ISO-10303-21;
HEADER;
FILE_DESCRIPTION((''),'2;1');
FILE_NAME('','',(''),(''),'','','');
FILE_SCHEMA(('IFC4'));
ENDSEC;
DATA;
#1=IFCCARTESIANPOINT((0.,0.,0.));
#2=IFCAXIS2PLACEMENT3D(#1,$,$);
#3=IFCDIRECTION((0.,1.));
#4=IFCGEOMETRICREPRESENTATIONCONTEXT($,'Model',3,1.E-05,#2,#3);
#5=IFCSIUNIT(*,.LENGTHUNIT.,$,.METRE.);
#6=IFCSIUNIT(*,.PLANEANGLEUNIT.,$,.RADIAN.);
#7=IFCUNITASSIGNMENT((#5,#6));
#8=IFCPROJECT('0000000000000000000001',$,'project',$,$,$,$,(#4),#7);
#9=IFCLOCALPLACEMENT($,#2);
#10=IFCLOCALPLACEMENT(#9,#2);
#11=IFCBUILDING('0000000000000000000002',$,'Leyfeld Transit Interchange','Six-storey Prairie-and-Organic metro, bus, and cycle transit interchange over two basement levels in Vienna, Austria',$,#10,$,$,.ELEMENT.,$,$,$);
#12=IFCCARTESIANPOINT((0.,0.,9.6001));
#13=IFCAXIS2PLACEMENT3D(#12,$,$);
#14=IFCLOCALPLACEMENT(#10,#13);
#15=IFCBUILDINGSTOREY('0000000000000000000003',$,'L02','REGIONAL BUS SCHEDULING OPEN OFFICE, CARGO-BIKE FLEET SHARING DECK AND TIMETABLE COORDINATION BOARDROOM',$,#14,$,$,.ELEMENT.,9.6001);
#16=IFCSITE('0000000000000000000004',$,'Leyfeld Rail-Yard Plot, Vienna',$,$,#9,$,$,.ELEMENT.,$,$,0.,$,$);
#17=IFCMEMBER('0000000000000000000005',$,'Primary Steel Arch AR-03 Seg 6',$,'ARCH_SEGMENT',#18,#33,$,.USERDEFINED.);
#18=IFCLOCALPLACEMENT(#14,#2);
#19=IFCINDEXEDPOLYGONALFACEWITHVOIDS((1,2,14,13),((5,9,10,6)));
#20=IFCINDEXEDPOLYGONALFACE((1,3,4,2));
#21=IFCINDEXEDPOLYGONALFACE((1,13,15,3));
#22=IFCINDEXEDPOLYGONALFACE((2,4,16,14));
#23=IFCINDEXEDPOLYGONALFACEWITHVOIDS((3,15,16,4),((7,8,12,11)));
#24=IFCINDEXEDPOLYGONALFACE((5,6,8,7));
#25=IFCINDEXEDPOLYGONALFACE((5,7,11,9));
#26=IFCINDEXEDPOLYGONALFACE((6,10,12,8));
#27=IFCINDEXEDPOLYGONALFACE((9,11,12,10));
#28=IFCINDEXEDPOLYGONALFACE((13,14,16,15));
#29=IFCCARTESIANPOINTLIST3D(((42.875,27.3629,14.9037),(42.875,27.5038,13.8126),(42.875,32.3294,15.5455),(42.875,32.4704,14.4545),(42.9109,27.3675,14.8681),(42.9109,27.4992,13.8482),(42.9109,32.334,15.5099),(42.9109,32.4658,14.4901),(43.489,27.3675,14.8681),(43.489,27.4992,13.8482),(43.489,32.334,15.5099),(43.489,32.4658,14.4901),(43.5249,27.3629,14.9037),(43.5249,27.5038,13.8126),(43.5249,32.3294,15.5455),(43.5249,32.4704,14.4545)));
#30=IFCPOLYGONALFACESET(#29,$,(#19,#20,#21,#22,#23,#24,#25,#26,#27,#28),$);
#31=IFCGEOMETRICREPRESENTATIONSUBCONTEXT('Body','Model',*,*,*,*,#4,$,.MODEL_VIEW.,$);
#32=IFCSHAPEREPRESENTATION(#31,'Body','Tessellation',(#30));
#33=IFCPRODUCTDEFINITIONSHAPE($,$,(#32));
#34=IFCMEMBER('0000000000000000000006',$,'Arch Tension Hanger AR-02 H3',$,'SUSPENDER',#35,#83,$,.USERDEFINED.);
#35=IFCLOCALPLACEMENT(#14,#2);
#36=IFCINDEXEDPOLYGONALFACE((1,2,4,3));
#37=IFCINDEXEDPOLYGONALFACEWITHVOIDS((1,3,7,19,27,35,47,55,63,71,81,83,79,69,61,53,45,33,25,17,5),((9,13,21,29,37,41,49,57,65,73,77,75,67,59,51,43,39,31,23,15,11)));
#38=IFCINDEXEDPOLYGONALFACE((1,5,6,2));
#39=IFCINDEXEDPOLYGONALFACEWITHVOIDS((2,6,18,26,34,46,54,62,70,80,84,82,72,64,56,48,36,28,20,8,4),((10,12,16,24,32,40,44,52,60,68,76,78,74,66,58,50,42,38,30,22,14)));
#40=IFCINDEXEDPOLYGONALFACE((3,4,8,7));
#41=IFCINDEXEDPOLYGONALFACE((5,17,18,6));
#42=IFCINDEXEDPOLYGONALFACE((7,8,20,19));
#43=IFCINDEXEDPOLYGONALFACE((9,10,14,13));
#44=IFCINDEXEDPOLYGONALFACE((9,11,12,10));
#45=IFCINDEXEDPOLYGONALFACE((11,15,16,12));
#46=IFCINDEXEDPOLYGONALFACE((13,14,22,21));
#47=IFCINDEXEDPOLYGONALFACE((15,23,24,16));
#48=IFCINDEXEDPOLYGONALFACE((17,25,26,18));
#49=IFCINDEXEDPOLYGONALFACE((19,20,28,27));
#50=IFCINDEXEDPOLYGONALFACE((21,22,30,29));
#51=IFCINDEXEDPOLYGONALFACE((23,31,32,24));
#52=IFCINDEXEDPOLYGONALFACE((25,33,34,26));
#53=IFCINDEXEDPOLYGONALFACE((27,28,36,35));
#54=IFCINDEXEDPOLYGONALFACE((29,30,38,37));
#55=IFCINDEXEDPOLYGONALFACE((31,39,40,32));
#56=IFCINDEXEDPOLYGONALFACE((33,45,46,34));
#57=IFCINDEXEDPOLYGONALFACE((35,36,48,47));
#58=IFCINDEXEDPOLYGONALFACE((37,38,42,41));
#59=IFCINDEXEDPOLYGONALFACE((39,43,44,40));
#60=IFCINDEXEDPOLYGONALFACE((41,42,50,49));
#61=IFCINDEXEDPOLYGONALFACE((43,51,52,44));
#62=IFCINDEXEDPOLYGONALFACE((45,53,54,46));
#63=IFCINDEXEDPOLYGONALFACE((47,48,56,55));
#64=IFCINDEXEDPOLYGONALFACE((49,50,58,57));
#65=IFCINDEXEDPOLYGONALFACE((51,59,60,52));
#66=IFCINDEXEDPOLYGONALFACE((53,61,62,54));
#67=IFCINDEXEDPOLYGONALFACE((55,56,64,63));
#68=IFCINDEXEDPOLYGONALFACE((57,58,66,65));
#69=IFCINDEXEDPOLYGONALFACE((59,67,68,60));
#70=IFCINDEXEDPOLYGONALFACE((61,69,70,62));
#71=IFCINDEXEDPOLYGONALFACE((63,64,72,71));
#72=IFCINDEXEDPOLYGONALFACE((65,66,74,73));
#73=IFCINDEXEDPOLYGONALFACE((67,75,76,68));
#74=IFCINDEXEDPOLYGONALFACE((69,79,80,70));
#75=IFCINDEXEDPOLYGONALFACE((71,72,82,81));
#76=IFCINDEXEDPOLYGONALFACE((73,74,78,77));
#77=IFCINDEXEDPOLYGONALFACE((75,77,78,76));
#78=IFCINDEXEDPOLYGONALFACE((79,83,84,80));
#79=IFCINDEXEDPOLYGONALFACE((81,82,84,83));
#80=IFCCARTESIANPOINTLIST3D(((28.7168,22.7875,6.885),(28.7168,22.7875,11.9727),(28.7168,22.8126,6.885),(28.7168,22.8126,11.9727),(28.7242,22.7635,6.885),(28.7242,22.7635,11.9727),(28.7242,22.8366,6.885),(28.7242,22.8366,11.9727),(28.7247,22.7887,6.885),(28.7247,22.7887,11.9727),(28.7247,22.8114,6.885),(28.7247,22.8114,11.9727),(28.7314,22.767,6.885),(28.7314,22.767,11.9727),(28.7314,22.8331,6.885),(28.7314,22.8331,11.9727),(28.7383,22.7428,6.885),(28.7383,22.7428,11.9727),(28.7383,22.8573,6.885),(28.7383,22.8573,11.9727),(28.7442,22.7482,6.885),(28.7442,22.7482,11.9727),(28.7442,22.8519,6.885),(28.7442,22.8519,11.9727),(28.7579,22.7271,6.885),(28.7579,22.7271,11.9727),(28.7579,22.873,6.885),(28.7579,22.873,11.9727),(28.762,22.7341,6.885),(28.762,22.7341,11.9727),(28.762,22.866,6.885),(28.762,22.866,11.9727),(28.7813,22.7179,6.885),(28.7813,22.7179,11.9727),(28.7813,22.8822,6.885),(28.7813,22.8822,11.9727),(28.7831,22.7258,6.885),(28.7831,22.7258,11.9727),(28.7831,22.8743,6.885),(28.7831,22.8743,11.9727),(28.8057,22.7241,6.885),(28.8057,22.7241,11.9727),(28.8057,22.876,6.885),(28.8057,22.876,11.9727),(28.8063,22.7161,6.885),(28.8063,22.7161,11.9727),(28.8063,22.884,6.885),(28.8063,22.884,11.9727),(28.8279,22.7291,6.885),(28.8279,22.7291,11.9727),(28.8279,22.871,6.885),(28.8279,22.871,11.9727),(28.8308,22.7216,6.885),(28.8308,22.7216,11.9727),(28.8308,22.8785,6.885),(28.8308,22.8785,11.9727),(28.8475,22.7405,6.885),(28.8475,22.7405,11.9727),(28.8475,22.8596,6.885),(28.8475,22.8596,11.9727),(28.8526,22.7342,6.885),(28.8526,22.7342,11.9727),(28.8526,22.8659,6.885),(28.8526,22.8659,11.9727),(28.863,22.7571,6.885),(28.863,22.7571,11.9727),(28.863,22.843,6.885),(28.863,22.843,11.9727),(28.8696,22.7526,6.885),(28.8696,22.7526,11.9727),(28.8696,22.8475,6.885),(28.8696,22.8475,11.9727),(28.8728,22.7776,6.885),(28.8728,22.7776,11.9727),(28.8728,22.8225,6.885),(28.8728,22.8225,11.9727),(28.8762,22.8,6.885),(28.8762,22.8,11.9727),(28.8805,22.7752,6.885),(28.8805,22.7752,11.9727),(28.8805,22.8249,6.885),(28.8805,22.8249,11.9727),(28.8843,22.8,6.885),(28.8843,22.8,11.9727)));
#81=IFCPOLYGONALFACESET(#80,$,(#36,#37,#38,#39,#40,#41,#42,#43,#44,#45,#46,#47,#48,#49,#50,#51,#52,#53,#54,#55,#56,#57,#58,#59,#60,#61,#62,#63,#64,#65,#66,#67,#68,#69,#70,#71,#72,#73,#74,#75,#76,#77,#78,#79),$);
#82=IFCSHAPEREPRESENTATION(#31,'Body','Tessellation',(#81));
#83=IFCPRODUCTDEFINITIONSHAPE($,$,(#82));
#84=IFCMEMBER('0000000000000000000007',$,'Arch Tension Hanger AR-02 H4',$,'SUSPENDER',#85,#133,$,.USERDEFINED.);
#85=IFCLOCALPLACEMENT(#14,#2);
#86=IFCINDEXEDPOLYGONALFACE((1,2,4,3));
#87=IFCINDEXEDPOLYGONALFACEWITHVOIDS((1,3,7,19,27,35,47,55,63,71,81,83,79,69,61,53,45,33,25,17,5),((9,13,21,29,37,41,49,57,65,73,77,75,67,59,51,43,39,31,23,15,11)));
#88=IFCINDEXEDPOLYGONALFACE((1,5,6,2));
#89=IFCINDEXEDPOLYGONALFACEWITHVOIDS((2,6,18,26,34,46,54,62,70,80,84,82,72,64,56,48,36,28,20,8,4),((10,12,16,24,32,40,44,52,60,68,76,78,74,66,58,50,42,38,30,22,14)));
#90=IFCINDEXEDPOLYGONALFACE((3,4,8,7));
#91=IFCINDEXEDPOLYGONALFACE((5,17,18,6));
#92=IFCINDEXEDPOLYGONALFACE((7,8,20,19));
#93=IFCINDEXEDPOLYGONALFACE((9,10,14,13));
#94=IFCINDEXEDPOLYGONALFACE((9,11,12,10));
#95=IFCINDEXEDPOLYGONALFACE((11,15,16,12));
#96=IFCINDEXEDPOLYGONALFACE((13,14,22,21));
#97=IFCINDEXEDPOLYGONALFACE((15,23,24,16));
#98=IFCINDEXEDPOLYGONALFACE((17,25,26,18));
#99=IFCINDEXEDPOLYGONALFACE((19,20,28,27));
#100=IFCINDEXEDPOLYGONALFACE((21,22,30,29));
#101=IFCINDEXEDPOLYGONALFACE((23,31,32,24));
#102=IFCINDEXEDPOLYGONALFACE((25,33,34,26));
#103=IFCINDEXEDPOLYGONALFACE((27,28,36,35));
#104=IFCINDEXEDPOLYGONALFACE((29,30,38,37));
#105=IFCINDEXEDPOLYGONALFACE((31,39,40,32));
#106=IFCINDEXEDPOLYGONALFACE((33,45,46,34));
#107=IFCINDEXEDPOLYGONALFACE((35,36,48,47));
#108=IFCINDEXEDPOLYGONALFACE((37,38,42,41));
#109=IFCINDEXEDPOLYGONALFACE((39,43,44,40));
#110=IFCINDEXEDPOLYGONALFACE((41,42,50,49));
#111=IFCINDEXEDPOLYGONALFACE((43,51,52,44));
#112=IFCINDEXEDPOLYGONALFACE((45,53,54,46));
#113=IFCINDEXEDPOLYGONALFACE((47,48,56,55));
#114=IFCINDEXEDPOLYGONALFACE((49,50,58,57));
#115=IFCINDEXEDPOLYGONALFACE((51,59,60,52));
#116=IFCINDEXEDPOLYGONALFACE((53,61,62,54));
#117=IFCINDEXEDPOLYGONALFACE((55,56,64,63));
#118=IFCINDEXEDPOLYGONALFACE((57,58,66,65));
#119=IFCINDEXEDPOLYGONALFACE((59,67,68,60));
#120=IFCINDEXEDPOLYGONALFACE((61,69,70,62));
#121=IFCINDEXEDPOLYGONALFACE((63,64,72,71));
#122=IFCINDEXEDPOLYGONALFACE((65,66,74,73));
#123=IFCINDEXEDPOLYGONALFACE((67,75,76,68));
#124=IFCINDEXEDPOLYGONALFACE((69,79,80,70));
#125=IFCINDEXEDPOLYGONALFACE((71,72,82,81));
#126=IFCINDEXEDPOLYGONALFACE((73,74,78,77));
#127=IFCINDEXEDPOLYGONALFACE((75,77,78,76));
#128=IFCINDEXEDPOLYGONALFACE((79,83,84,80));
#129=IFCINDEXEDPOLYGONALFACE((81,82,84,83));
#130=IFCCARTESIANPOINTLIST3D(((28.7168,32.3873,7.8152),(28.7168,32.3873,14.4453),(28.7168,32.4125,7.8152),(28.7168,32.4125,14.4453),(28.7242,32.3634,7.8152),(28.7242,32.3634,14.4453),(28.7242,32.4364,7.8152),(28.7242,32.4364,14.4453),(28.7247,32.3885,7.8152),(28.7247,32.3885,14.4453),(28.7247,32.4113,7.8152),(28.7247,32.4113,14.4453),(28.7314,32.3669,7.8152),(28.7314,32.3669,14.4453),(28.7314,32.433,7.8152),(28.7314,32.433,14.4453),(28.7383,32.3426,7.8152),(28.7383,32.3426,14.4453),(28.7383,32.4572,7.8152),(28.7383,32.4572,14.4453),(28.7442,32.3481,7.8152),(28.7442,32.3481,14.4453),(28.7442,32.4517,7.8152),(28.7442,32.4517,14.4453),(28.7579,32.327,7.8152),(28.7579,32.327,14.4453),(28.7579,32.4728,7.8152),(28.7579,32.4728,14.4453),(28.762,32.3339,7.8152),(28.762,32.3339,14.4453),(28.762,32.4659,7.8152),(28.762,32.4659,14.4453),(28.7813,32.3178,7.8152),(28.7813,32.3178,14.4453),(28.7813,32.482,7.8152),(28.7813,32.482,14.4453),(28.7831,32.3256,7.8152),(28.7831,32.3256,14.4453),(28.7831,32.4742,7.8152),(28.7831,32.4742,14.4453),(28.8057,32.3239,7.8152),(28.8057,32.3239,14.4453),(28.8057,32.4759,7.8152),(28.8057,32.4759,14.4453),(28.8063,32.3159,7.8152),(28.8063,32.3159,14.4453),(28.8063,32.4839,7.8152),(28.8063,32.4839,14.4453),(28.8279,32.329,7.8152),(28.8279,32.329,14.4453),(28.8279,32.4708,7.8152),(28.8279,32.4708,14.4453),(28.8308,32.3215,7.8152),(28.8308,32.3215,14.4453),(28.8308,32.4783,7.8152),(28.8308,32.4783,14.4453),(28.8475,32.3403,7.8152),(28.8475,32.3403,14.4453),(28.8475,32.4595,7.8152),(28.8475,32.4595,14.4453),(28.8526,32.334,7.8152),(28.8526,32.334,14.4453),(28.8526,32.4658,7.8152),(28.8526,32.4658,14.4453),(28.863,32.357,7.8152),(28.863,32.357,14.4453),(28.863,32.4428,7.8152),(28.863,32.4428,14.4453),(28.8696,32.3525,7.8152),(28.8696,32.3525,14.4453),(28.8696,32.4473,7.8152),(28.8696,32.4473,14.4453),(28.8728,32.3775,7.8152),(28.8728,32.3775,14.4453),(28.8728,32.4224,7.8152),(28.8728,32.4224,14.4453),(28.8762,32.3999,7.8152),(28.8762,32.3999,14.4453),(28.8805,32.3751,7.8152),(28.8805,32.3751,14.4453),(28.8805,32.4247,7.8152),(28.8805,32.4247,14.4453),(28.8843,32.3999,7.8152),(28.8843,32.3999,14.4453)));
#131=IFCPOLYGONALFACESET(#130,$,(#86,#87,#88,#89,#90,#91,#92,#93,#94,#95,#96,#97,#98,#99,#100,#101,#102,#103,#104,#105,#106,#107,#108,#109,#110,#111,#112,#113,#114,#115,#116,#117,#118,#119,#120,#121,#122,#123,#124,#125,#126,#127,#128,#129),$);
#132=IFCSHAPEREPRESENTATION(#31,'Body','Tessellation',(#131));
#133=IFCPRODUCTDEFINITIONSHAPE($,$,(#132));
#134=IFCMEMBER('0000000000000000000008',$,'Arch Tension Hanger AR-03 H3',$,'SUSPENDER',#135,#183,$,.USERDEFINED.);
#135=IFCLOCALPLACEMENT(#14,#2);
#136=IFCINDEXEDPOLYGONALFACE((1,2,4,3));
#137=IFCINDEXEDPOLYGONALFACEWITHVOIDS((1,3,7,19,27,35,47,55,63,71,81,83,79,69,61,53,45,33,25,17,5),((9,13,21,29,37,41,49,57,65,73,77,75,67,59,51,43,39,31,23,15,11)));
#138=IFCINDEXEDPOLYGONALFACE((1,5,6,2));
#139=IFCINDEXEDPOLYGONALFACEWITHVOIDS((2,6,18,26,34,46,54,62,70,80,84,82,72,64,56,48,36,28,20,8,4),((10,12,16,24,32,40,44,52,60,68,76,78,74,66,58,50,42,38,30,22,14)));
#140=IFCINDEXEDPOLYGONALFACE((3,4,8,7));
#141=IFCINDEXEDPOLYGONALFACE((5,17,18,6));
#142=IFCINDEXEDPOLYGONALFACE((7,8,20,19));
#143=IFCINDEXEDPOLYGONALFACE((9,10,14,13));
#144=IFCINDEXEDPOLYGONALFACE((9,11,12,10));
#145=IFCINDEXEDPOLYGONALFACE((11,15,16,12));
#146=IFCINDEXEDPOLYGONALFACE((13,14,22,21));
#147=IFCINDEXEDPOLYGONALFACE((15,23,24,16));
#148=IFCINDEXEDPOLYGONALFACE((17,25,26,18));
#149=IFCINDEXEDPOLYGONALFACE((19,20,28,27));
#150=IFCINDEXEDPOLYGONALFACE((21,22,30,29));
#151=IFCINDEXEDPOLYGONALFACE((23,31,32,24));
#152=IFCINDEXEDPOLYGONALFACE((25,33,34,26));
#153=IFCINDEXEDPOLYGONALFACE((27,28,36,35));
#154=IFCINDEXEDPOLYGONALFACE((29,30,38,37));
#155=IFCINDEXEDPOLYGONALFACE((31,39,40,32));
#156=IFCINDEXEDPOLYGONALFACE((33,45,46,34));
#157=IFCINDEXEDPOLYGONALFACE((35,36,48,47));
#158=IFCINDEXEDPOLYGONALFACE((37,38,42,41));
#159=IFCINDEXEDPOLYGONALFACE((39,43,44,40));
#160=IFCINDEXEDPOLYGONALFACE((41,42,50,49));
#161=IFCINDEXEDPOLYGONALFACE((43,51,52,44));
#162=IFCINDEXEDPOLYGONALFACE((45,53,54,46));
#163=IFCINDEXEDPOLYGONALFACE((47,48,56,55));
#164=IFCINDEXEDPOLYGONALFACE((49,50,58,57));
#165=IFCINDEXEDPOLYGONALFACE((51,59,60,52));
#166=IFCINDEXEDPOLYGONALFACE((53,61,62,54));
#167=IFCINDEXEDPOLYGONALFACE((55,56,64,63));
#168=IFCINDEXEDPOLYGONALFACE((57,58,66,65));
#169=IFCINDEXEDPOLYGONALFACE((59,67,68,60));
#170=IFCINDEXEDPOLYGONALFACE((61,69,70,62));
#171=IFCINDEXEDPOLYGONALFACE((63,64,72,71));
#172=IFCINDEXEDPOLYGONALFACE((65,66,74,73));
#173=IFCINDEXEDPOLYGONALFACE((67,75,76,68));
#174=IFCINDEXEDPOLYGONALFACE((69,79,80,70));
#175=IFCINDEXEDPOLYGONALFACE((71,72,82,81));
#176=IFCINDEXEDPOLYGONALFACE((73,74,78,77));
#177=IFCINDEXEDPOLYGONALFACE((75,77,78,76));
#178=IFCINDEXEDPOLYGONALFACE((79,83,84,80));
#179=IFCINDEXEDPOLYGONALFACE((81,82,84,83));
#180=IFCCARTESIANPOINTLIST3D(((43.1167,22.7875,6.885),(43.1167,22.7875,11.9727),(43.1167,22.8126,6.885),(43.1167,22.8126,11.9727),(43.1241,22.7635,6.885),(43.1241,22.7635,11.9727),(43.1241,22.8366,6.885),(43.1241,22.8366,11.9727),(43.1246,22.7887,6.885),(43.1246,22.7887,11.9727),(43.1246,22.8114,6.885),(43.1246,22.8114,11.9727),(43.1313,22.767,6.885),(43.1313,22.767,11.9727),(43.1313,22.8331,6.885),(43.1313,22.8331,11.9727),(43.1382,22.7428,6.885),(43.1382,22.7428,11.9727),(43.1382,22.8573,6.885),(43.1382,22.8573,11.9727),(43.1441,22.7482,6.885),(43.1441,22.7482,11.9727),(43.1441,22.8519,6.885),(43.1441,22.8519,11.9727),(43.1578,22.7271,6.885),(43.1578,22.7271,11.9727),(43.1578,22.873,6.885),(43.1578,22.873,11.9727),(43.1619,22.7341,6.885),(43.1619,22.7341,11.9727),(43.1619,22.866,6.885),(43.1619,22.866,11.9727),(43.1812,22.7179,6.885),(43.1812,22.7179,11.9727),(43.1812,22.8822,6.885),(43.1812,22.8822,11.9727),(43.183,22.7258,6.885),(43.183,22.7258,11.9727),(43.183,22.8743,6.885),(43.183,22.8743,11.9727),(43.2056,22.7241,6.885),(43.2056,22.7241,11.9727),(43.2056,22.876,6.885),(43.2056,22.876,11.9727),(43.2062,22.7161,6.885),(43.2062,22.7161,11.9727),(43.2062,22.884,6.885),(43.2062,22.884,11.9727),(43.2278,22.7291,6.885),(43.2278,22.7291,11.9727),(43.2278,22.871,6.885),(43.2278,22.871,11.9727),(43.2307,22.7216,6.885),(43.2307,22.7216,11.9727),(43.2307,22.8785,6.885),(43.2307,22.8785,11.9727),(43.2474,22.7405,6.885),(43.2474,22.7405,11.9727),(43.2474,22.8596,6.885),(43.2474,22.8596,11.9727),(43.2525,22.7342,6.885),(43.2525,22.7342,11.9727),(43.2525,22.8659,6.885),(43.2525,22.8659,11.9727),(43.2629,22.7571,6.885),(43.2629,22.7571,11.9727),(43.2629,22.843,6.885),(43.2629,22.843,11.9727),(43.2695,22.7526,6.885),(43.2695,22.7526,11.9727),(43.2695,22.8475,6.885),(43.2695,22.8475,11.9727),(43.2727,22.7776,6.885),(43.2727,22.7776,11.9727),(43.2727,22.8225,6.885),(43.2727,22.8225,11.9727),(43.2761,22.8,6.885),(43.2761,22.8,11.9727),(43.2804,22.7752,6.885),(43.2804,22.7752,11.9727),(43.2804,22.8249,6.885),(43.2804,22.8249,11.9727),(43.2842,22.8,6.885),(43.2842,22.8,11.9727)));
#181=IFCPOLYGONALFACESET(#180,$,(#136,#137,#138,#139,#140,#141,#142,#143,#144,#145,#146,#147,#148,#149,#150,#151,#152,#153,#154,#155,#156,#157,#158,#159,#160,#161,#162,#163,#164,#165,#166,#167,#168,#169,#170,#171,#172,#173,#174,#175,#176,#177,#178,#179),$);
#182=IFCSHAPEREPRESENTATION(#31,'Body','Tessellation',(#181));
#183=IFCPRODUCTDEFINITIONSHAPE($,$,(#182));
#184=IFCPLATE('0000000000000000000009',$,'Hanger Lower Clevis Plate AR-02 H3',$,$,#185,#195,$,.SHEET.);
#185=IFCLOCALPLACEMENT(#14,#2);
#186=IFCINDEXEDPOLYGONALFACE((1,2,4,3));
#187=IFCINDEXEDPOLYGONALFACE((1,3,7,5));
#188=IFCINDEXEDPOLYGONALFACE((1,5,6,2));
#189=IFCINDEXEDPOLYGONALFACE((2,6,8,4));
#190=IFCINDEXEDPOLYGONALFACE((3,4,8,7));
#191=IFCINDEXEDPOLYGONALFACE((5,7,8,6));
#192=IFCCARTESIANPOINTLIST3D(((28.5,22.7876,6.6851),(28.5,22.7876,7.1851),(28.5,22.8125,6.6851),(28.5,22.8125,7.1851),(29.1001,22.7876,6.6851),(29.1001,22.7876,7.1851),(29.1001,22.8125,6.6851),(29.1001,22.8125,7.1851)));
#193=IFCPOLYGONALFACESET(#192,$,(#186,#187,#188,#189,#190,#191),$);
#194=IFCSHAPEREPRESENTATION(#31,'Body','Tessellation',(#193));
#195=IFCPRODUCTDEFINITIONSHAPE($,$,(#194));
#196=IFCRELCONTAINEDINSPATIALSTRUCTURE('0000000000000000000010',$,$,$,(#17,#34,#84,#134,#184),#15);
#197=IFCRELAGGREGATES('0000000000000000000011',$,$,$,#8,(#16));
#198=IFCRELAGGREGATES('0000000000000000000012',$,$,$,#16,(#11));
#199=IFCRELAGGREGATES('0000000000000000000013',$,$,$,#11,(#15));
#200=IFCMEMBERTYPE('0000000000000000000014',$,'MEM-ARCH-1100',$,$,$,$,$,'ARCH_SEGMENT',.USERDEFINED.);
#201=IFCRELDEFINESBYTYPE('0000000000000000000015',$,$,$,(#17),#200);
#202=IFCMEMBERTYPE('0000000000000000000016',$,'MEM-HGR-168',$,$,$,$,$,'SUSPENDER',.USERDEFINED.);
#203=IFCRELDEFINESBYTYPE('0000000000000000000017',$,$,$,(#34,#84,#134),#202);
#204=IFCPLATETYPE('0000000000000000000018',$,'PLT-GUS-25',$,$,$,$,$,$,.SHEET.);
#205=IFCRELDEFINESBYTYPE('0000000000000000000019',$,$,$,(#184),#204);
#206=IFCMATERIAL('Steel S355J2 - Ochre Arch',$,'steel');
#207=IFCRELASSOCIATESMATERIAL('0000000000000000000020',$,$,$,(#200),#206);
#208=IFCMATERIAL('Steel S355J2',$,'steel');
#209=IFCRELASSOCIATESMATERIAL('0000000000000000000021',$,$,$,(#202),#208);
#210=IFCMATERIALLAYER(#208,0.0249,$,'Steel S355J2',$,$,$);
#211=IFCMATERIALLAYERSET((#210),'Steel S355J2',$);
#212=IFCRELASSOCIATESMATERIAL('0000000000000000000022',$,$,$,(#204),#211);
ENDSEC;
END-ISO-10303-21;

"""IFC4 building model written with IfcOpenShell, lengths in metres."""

from ifc_helpers import new_model, si_unit, direction, frame, origin, origin_2d, place, context, subcontext, project, spatial, rectangle, hollow_rectangle, hollow_circle, extrude, material, layer, layer_set, material_profile, profile_set, type_object, element, save


model = new_model("IFC4")

# Units and contexts
model_context = context("Model", 3, precision=1e-05, world=origin(), true_north=direction((0.0, 1.0)))
body_context = subcontext(model_context, "Body", "Model", "MODEL_VIEW")
ifc_project = project(units=[si_unit("LENGTHUNIT", "METRE"), si_unit("PLANEANGLEUNIT", "RADIAN")], contexts=[model_context])

# Site, building, storey
site_placement = place(None, origin())
site = spatial("IfcSite", under=ifc_project, at=site_placement, Name="Leyfeld Rail-Yard Plot, Vienna", CompositionType="ELEMENT", RefElevation=0.0)
building_placement = place(site_placement, origin())
building = spatial("IfcBuilding", under=site, at=building_placement, Name="Leyfeld Transit Interchange", Description="Six-storey Prairie-and-Organic metro, bus, and cycle transit interchange over two basement levels in Vienna, Austria", CompositionType="ELEMENT")
storey_placement = place(building_placement, frame((0.0, 0.0, 9.6001)))
storey = spatial("IfcBuildingStorey", under=building, at=storey_placement, Name="L02", Description="REGIONAL BUS SCHEDULING OPEN OFFICE, CARGO-BIKE FLEET SHARING DECK AND TIMETABLE COORDINATION BOARDROOM", CompositionType="ELEMENT", Elevation=9.6001)

# Members
ifc_material_1 = material(Name="Steel S355J2 - Ochre Arch", Category="steel")
ifc_material_profile_1 = material_profile(ifc_material_1, hollow_rectangle(XDim=0.6499, YDim=1.1001, WallThickness=0.0359, at=origin_2d()), Name="RHS 1100x650x36")
ifc_profile_set_1 = profile_set([ifc_material_profile_1], Name="Steel S355J2 - Ochre Arch")
member_type_1 = type_object("IfcMemberType", Name="MEM-ARCH-1100", ElementType="ARCH_SEGMENT", PredefinedType="USERDEFINED", material=ifc_profile_set_1)
member_1_placement = place(storey_placement, frame((43.2, 27.4333, 14.3582), z_axis=(0.0, 0.991752, 0.128168), x_axis=(-1.0, 0.0, 0.0)))
element("IfcMember", 1, at=member_1_placement, inside=storey, type_object=member_type_1, Name="Primary Steel Arch AR-03 Seg 6", ObjectType="ARCH_SEGMENT", PredefinedType="USERDEFINED", context=body_context, shape_type="SweptSolid", body=[
    extrude(hollow_rectangle(XDim=0.6499, YDim=1.1001, WallThickness=0.0359, at=origin_2d()), origin(), (0.0, 0.0, 1.0), 5.0078),
])
ifc_material_2 = material(Name="Steel S355J2", Category="steel")
ifc_material_profile_2 = material_profile(ifc_material_2, hollow_circle(Radius=0.0842, WallThickness=0.0081, at=origin_2d()), Name="CHS 168.3x8")
ifc_profile_set_2 = profile_set([ifc_material_profile_2], Name="Steel S355J2")
member_type_2 = type_object("IfcMemberType", Name="MEM-HGR-168", ElementType="SUSPENDER", PredefinedType="USERDEFINED", material=ifc_profile_set_2)
member_2_placement = place(storey_placement, frame((28.8, 22.8, 6.885), z_axis=(0.0, 0.0, 1.0), x_axis=(1.0, 0.0, 0.0)))
element("IfcMember", 2, at=member_2_placement, inside=storey, type_object=member_type_2, Name="Arch Tension Hanger AR-02 H3", ObjectType="SUSPENDER", PredefinedType="USERDEFINED", context=body_context, shape_type="SweptSolid", body=[
    extrude(hollow_circle(Radius=0.0842, WallThickness=0.0081, at=origin_2d()), origin(), (0.0, 0.0, 1.0), 5.0876),
])
member_3_placement = place(storey_placement, frame((28.8, 32.3999, 7.8152), z_axis=(0.0, 0.0, 1.0), x_axis=(1.0, 0.0, 0.0)))
element("IfcMember", 3, at=member_3_placement, inside=storey, type_object=member_type_2, Name="Arch Tension Hanger AR-02 H4", ObjectType="SUSPENDER", PredefinedType="USERDEFINED", context=body_context, shape_type="SweptSolid", body=[
    extrude(hollow_circle(Radius=0.0842, WallThickness=0.0081, at=origin_2d()), origin(), (0.0, 0.0, 1.0), 6.6301),
])
member_4_placement = place(storey_placement, frame((43.2, 22.8, 6.885), z_axis=(0.0, 0.0, 1.0), x_axis=(1.0, 0.0, 0.0)))
element("IfcMember", 4, at=member_4_placement, inside=storey, type_object=member_type_2, Name="Arch Tension Hanger AR-03 H3", ObjectType="SUSPENDER", PredefinedType="USERDEFINED", context=body_context, shape_type="SweptSolid", body=[
    extrude(hollow_circle(Radius=0.0842, WallThickness=0.0081, at=origin_2d()), origin(), (0.0, 0.0, 1.0), 5.0876),
])

# Plate
ifc_layer_1 = layer(ifc_material_2, 0.0249, Name="Steel S355J2")
ifc_layer_set_1 = layer_set([ifc_layer_1], Name="Steel S355J2")
plate_type_1 = type_object("IfcPlateType", Name="PLT-GUS-25", PredefinedType="SHEET", material=ifc_layer_set_1)
for number, where, z_axis, x_axis, name in (
    (5, (28.8, 22.8, 6.6851), (0.0, 0.0, 1.0), (1.0, 0.0, 0.0), "Hanger Lower Clevis Plate AR-02 H3"),
):
    element("IfcPlate", number, at=place(storey_placement, frame(where, z_axis=z_axis, x_axis=x_axis)), inside=storey, type_object=plate_type_1, Name=name, PredefinedType="SHEET", context=body_context, shape_type="SweptSolid", body=[
        extrude(rectangle(XDim=0.6001, YDim=0.0249, at=origin_2d()), origin(), (0.0, 0.0, 1.0), 0.5),
    ])

save(model, "model.ifc")
